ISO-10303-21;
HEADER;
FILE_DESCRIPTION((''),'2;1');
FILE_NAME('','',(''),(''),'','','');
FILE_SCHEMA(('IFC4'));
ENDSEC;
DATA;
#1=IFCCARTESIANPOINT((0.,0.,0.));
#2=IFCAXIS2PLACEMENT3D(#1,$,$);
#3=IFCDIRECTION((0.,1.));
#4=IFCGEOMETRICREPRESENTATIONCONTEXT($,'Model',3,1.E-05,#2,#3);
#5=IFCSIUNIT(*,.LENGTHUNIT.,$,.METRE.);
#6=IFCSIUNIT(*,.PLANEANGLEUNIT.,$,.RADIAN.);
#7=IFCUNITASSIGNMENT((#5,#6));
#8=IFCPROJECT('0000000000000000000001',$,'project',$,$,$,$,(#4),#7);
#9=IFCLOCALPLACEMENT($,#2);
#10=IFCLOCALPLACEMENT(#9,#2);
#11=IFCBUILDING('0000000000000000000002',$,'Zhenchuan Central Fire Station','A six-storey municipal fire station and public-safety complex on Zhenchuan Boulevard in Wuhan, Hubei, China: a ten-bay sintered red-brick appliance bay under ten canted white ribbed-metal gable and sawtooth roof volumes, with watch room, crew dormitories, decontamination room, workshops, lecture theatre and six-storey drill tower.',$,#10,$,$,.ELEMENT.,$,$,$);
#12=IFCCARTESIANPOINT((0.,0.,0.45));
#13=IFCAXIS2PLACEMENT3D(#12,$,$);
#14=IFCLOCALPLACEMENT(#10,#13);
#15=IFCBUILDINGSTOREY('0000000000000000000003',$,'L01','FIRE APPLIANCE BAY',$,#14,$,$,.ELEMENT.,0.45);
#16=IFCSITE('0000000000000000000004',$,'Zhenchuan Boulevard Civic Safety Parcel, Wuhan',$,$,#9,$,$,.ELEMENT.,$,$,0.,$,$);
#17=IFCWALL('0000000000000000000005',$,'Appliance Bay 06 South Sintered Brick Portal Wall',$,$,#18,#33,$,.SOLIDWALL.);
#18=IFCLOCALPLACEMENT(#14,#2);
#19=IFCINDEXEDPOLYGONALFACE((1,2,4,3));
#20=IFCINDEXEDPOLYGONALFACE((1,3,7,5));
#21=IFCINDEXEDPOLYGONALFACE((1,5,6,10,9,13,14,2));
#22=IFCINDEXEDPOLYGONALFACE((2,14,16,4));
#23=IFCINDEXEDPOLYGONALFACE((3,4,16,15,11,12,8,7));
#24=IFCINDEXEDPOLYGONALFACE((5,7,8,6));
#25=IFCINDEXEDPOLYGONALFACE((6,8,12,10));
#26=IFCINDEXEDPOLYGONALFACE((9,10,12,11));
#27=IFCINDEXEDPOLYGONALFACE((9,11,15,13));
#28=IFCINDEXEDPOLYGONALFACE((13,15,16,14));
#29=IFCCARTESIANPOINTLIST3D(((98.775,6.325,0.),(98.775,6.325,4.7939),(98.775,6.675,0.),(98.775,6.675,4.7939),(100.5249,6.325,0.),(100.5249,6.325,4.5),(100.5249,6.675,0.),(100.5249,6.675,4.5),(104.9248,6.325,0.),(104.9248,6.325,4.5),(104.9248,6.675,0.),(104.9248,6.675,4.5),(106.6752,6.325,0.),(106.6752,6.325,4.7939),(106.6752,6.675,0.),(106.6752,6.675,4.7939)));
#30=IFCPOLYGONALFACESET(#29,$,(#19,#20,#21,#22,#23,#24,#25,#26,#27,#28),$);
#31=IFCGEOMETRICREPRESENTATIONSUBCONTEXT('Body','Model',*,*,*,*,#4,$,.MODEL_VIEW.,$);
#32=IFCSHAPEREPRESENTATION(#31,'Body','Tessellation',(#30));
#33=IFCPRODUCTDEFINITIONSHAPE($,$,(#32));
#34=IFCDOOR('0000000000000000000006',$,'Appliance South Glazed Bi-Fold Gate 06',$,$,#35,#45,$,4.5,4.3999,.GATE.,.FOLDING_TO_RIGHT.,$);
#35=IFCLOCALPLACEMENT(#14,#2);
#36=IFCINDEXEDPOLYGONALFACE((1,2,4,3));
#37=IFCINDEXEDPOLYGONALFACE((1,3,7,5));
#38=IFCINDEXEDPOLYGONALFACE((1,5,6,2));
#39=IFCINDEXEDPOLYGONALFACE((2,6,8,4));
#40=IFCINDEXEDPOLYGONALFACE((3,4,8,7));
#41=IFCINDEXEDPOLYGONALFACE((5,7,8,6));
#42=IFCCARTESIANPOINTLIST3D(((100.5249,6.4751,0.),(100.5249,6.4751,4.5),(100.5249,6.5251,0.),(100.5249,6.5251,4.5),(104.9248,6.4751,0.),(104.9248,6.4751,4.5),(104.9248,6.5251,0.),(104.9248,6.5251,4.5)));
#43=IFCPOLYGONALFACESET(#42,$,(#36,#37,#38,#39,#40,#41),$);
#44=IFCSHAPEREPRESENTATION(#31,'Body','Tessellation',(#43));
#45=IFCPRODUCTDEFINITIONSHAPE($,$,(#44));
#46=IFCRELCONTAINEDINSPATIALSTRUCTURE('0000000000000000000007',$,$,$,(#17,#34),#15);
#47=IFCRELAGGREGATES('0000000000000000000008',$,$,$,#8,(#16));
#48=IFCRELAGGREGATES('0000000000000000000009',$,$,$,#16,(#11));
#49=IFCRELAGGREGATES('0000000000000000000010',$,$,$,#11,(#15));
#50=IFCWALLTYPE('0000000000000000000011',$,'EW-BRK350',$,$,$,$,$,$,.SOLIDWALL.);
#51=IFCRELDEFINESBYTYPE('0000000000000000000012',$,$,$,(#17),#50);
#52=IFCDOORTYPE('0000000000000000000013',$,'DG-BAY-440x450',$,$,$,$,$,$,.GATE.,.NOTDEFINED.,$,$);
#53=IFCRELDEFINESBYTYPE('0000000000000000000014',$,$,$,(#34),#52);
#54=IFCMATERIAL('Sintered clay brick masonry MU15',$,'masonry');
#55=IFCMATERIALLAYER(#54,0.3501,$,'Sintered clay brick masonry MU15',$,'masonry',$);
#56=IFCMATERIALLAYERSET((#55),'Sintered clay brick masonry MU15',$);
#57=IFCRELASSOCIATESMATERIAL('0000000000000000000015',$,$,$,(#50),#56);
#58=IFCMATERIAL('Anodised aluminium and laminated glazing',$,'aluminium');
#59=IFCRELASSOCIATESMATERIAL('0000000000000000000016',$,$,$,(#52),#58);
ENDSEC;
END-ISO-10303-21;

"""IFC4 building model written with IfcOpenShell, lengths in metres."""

from ifc_helpers import new_model, si_unit, direction, frame, frame_2d, origin, place, context, subcontext, project, spatial, rectangle, extrude, material, layer, layer_set, type_object, element, fill, save


model = new_model("IFC4")

# Units and contexts
model_context = context("Model", 3, precision=1e-05, world=origin(), true_north=direction((0.0, 1.0)))
body_context = subcontext(model_context, "Body", "Model", "MODEL_VIEW")
ifc_project = project(units=[si_unit("LENGTHUNIT", "METRE"), si_unit("PLANEANGLEUNIT", "RADIAN")], contexts=[model_context])

# Site, building, storey
site_placement = place(None, origin())
site = spatial("IfcSite", under=ifc_project, at=site_placement, Name="Zhenchuan Boulevard Civic Safety Parcel, Wuhan", CompositionType="ELEMENT", RefElevation=0.0)
building_placement = place(site_placement, origin())
building = spatial("IfcBuilding", under=site, at=building_placement, Name="Zhenchuan Central Fire Station", Description="A six-storey municipal fire station and public-safety complex on Zhenchuan Boulevard in Wuhan, Hubei, China: a ten-bay sintered red-brick appliance bay under ten canted white ribbed-metal gable and sawtooth roof volumes, with watch room, crew dormitories, decontamination room, workshops, lecture theatre and six-storey drill tower.", CompositionType="ELEMENT")
storey_placement = place(building_placement, frame((0.0, 0.0, 0.45)))
storey = spatial("IfcBuildingStorey", under=building, at=storey_placement, Name="L01", Description="FIRE APPLIANCE BAY", CompositionType="ELEMENT", Elevation=0.45)

# Wall, opening, door
ifc_material_1 = material(Name="Sintered clay brick masonry MU15", Category="masonry")
ifc_layer = layer(ifc_material_1, 0.3501, Name="Sintered clay brick masonry MU15", Category="masonry")
ifc_layer_set = layer_set([ifc_layer], Name="Sintered clay brick masonry MU15")
wall_type = type_object("IfcWallType", Name="EW-BRK350", PredefinedType="SOLIDWALL", material=ifc_layer_set)
wall_placement = place(storey_placement, frame((98.7749, 6.5, 0.0), z_axis=(0.0, 0.0, 1.0), x_axis=(1.0, 0.0, 0.0)))
wall = element("IfcWall", 1, at=wall_placement, inside=storey, type_object=wall_type, Name="Appliance Bay 06 South Sintered Brick Portal Wall", PredefinedType="SOLIDWALL", context=body_context, shape_type="SweptSolid", body=[
    extrude(rectangle(XDim=7.9001, YDim=0.3501, at=frame_2d((3.9502, 0.0))), origin(), (0.0, 0.0, 1.0), 4.7939),
])
opening_placement = place(wall_placement, frame((1.75, 0.0, 0.0)))
opening = element("IfcOpeningElement", 2, at=opening_placement, cuts=wall, PredefinedType="OPENING", context=body_context, shape_type="SweptSolid", body=[
    extrude(rectangle(XDim=4.3999, YDim=4.5, at=frame_2d((2.2, 2.25))), frame((0.0, 0.1851, 0.0), z_axis=(0.0, -1.0, 0.0), x_axis=(1.0, 0.0, 0.0)), (0.0, 0.0, 1.0), 0.3701),
])
ifc_material_2 = material(Name="Anodised aluminium and laminated glazing", Category="aluminium")
door_type = type_object("IfcDoorType", Name="DG-BAY-440x450", OperationType="NOTDEFINED", PredefinedType="GATE", material=ifc_material_2)
door_placement = place(opening_placement, frame((4.3999, 0.0, 0.0), z_axis=(0.0, 0.0, 1.0), x_axis=(-1.0, 0.0, 0.0)))
door = element("IfcDoor", 3, at=door_placement, inside=storey, type_object=door_type, Name="Appliance South Glazed Bi-Fold Gate 06", OperationType="FOLDING_TO_RIGHT", OverallHeight=4.5, OverallWidth=4.3999, PredefinedType="GATE", context=body_context, shape_type="SweptSolid", body=[
    extrude(rectangle(XDim=4.3999, YDim=4.5, at=frame_2d((2.2, 2.25))), frame((0.0, 0.0249, 0.0), z_axis=(0.0, -1.0, 0.0), x_axis=(1.0, 0.0, 0.0)), (0.0, 0.0, 1.0), 0.05),
])
fill(opening, door)

save(model, "model.ifc")
